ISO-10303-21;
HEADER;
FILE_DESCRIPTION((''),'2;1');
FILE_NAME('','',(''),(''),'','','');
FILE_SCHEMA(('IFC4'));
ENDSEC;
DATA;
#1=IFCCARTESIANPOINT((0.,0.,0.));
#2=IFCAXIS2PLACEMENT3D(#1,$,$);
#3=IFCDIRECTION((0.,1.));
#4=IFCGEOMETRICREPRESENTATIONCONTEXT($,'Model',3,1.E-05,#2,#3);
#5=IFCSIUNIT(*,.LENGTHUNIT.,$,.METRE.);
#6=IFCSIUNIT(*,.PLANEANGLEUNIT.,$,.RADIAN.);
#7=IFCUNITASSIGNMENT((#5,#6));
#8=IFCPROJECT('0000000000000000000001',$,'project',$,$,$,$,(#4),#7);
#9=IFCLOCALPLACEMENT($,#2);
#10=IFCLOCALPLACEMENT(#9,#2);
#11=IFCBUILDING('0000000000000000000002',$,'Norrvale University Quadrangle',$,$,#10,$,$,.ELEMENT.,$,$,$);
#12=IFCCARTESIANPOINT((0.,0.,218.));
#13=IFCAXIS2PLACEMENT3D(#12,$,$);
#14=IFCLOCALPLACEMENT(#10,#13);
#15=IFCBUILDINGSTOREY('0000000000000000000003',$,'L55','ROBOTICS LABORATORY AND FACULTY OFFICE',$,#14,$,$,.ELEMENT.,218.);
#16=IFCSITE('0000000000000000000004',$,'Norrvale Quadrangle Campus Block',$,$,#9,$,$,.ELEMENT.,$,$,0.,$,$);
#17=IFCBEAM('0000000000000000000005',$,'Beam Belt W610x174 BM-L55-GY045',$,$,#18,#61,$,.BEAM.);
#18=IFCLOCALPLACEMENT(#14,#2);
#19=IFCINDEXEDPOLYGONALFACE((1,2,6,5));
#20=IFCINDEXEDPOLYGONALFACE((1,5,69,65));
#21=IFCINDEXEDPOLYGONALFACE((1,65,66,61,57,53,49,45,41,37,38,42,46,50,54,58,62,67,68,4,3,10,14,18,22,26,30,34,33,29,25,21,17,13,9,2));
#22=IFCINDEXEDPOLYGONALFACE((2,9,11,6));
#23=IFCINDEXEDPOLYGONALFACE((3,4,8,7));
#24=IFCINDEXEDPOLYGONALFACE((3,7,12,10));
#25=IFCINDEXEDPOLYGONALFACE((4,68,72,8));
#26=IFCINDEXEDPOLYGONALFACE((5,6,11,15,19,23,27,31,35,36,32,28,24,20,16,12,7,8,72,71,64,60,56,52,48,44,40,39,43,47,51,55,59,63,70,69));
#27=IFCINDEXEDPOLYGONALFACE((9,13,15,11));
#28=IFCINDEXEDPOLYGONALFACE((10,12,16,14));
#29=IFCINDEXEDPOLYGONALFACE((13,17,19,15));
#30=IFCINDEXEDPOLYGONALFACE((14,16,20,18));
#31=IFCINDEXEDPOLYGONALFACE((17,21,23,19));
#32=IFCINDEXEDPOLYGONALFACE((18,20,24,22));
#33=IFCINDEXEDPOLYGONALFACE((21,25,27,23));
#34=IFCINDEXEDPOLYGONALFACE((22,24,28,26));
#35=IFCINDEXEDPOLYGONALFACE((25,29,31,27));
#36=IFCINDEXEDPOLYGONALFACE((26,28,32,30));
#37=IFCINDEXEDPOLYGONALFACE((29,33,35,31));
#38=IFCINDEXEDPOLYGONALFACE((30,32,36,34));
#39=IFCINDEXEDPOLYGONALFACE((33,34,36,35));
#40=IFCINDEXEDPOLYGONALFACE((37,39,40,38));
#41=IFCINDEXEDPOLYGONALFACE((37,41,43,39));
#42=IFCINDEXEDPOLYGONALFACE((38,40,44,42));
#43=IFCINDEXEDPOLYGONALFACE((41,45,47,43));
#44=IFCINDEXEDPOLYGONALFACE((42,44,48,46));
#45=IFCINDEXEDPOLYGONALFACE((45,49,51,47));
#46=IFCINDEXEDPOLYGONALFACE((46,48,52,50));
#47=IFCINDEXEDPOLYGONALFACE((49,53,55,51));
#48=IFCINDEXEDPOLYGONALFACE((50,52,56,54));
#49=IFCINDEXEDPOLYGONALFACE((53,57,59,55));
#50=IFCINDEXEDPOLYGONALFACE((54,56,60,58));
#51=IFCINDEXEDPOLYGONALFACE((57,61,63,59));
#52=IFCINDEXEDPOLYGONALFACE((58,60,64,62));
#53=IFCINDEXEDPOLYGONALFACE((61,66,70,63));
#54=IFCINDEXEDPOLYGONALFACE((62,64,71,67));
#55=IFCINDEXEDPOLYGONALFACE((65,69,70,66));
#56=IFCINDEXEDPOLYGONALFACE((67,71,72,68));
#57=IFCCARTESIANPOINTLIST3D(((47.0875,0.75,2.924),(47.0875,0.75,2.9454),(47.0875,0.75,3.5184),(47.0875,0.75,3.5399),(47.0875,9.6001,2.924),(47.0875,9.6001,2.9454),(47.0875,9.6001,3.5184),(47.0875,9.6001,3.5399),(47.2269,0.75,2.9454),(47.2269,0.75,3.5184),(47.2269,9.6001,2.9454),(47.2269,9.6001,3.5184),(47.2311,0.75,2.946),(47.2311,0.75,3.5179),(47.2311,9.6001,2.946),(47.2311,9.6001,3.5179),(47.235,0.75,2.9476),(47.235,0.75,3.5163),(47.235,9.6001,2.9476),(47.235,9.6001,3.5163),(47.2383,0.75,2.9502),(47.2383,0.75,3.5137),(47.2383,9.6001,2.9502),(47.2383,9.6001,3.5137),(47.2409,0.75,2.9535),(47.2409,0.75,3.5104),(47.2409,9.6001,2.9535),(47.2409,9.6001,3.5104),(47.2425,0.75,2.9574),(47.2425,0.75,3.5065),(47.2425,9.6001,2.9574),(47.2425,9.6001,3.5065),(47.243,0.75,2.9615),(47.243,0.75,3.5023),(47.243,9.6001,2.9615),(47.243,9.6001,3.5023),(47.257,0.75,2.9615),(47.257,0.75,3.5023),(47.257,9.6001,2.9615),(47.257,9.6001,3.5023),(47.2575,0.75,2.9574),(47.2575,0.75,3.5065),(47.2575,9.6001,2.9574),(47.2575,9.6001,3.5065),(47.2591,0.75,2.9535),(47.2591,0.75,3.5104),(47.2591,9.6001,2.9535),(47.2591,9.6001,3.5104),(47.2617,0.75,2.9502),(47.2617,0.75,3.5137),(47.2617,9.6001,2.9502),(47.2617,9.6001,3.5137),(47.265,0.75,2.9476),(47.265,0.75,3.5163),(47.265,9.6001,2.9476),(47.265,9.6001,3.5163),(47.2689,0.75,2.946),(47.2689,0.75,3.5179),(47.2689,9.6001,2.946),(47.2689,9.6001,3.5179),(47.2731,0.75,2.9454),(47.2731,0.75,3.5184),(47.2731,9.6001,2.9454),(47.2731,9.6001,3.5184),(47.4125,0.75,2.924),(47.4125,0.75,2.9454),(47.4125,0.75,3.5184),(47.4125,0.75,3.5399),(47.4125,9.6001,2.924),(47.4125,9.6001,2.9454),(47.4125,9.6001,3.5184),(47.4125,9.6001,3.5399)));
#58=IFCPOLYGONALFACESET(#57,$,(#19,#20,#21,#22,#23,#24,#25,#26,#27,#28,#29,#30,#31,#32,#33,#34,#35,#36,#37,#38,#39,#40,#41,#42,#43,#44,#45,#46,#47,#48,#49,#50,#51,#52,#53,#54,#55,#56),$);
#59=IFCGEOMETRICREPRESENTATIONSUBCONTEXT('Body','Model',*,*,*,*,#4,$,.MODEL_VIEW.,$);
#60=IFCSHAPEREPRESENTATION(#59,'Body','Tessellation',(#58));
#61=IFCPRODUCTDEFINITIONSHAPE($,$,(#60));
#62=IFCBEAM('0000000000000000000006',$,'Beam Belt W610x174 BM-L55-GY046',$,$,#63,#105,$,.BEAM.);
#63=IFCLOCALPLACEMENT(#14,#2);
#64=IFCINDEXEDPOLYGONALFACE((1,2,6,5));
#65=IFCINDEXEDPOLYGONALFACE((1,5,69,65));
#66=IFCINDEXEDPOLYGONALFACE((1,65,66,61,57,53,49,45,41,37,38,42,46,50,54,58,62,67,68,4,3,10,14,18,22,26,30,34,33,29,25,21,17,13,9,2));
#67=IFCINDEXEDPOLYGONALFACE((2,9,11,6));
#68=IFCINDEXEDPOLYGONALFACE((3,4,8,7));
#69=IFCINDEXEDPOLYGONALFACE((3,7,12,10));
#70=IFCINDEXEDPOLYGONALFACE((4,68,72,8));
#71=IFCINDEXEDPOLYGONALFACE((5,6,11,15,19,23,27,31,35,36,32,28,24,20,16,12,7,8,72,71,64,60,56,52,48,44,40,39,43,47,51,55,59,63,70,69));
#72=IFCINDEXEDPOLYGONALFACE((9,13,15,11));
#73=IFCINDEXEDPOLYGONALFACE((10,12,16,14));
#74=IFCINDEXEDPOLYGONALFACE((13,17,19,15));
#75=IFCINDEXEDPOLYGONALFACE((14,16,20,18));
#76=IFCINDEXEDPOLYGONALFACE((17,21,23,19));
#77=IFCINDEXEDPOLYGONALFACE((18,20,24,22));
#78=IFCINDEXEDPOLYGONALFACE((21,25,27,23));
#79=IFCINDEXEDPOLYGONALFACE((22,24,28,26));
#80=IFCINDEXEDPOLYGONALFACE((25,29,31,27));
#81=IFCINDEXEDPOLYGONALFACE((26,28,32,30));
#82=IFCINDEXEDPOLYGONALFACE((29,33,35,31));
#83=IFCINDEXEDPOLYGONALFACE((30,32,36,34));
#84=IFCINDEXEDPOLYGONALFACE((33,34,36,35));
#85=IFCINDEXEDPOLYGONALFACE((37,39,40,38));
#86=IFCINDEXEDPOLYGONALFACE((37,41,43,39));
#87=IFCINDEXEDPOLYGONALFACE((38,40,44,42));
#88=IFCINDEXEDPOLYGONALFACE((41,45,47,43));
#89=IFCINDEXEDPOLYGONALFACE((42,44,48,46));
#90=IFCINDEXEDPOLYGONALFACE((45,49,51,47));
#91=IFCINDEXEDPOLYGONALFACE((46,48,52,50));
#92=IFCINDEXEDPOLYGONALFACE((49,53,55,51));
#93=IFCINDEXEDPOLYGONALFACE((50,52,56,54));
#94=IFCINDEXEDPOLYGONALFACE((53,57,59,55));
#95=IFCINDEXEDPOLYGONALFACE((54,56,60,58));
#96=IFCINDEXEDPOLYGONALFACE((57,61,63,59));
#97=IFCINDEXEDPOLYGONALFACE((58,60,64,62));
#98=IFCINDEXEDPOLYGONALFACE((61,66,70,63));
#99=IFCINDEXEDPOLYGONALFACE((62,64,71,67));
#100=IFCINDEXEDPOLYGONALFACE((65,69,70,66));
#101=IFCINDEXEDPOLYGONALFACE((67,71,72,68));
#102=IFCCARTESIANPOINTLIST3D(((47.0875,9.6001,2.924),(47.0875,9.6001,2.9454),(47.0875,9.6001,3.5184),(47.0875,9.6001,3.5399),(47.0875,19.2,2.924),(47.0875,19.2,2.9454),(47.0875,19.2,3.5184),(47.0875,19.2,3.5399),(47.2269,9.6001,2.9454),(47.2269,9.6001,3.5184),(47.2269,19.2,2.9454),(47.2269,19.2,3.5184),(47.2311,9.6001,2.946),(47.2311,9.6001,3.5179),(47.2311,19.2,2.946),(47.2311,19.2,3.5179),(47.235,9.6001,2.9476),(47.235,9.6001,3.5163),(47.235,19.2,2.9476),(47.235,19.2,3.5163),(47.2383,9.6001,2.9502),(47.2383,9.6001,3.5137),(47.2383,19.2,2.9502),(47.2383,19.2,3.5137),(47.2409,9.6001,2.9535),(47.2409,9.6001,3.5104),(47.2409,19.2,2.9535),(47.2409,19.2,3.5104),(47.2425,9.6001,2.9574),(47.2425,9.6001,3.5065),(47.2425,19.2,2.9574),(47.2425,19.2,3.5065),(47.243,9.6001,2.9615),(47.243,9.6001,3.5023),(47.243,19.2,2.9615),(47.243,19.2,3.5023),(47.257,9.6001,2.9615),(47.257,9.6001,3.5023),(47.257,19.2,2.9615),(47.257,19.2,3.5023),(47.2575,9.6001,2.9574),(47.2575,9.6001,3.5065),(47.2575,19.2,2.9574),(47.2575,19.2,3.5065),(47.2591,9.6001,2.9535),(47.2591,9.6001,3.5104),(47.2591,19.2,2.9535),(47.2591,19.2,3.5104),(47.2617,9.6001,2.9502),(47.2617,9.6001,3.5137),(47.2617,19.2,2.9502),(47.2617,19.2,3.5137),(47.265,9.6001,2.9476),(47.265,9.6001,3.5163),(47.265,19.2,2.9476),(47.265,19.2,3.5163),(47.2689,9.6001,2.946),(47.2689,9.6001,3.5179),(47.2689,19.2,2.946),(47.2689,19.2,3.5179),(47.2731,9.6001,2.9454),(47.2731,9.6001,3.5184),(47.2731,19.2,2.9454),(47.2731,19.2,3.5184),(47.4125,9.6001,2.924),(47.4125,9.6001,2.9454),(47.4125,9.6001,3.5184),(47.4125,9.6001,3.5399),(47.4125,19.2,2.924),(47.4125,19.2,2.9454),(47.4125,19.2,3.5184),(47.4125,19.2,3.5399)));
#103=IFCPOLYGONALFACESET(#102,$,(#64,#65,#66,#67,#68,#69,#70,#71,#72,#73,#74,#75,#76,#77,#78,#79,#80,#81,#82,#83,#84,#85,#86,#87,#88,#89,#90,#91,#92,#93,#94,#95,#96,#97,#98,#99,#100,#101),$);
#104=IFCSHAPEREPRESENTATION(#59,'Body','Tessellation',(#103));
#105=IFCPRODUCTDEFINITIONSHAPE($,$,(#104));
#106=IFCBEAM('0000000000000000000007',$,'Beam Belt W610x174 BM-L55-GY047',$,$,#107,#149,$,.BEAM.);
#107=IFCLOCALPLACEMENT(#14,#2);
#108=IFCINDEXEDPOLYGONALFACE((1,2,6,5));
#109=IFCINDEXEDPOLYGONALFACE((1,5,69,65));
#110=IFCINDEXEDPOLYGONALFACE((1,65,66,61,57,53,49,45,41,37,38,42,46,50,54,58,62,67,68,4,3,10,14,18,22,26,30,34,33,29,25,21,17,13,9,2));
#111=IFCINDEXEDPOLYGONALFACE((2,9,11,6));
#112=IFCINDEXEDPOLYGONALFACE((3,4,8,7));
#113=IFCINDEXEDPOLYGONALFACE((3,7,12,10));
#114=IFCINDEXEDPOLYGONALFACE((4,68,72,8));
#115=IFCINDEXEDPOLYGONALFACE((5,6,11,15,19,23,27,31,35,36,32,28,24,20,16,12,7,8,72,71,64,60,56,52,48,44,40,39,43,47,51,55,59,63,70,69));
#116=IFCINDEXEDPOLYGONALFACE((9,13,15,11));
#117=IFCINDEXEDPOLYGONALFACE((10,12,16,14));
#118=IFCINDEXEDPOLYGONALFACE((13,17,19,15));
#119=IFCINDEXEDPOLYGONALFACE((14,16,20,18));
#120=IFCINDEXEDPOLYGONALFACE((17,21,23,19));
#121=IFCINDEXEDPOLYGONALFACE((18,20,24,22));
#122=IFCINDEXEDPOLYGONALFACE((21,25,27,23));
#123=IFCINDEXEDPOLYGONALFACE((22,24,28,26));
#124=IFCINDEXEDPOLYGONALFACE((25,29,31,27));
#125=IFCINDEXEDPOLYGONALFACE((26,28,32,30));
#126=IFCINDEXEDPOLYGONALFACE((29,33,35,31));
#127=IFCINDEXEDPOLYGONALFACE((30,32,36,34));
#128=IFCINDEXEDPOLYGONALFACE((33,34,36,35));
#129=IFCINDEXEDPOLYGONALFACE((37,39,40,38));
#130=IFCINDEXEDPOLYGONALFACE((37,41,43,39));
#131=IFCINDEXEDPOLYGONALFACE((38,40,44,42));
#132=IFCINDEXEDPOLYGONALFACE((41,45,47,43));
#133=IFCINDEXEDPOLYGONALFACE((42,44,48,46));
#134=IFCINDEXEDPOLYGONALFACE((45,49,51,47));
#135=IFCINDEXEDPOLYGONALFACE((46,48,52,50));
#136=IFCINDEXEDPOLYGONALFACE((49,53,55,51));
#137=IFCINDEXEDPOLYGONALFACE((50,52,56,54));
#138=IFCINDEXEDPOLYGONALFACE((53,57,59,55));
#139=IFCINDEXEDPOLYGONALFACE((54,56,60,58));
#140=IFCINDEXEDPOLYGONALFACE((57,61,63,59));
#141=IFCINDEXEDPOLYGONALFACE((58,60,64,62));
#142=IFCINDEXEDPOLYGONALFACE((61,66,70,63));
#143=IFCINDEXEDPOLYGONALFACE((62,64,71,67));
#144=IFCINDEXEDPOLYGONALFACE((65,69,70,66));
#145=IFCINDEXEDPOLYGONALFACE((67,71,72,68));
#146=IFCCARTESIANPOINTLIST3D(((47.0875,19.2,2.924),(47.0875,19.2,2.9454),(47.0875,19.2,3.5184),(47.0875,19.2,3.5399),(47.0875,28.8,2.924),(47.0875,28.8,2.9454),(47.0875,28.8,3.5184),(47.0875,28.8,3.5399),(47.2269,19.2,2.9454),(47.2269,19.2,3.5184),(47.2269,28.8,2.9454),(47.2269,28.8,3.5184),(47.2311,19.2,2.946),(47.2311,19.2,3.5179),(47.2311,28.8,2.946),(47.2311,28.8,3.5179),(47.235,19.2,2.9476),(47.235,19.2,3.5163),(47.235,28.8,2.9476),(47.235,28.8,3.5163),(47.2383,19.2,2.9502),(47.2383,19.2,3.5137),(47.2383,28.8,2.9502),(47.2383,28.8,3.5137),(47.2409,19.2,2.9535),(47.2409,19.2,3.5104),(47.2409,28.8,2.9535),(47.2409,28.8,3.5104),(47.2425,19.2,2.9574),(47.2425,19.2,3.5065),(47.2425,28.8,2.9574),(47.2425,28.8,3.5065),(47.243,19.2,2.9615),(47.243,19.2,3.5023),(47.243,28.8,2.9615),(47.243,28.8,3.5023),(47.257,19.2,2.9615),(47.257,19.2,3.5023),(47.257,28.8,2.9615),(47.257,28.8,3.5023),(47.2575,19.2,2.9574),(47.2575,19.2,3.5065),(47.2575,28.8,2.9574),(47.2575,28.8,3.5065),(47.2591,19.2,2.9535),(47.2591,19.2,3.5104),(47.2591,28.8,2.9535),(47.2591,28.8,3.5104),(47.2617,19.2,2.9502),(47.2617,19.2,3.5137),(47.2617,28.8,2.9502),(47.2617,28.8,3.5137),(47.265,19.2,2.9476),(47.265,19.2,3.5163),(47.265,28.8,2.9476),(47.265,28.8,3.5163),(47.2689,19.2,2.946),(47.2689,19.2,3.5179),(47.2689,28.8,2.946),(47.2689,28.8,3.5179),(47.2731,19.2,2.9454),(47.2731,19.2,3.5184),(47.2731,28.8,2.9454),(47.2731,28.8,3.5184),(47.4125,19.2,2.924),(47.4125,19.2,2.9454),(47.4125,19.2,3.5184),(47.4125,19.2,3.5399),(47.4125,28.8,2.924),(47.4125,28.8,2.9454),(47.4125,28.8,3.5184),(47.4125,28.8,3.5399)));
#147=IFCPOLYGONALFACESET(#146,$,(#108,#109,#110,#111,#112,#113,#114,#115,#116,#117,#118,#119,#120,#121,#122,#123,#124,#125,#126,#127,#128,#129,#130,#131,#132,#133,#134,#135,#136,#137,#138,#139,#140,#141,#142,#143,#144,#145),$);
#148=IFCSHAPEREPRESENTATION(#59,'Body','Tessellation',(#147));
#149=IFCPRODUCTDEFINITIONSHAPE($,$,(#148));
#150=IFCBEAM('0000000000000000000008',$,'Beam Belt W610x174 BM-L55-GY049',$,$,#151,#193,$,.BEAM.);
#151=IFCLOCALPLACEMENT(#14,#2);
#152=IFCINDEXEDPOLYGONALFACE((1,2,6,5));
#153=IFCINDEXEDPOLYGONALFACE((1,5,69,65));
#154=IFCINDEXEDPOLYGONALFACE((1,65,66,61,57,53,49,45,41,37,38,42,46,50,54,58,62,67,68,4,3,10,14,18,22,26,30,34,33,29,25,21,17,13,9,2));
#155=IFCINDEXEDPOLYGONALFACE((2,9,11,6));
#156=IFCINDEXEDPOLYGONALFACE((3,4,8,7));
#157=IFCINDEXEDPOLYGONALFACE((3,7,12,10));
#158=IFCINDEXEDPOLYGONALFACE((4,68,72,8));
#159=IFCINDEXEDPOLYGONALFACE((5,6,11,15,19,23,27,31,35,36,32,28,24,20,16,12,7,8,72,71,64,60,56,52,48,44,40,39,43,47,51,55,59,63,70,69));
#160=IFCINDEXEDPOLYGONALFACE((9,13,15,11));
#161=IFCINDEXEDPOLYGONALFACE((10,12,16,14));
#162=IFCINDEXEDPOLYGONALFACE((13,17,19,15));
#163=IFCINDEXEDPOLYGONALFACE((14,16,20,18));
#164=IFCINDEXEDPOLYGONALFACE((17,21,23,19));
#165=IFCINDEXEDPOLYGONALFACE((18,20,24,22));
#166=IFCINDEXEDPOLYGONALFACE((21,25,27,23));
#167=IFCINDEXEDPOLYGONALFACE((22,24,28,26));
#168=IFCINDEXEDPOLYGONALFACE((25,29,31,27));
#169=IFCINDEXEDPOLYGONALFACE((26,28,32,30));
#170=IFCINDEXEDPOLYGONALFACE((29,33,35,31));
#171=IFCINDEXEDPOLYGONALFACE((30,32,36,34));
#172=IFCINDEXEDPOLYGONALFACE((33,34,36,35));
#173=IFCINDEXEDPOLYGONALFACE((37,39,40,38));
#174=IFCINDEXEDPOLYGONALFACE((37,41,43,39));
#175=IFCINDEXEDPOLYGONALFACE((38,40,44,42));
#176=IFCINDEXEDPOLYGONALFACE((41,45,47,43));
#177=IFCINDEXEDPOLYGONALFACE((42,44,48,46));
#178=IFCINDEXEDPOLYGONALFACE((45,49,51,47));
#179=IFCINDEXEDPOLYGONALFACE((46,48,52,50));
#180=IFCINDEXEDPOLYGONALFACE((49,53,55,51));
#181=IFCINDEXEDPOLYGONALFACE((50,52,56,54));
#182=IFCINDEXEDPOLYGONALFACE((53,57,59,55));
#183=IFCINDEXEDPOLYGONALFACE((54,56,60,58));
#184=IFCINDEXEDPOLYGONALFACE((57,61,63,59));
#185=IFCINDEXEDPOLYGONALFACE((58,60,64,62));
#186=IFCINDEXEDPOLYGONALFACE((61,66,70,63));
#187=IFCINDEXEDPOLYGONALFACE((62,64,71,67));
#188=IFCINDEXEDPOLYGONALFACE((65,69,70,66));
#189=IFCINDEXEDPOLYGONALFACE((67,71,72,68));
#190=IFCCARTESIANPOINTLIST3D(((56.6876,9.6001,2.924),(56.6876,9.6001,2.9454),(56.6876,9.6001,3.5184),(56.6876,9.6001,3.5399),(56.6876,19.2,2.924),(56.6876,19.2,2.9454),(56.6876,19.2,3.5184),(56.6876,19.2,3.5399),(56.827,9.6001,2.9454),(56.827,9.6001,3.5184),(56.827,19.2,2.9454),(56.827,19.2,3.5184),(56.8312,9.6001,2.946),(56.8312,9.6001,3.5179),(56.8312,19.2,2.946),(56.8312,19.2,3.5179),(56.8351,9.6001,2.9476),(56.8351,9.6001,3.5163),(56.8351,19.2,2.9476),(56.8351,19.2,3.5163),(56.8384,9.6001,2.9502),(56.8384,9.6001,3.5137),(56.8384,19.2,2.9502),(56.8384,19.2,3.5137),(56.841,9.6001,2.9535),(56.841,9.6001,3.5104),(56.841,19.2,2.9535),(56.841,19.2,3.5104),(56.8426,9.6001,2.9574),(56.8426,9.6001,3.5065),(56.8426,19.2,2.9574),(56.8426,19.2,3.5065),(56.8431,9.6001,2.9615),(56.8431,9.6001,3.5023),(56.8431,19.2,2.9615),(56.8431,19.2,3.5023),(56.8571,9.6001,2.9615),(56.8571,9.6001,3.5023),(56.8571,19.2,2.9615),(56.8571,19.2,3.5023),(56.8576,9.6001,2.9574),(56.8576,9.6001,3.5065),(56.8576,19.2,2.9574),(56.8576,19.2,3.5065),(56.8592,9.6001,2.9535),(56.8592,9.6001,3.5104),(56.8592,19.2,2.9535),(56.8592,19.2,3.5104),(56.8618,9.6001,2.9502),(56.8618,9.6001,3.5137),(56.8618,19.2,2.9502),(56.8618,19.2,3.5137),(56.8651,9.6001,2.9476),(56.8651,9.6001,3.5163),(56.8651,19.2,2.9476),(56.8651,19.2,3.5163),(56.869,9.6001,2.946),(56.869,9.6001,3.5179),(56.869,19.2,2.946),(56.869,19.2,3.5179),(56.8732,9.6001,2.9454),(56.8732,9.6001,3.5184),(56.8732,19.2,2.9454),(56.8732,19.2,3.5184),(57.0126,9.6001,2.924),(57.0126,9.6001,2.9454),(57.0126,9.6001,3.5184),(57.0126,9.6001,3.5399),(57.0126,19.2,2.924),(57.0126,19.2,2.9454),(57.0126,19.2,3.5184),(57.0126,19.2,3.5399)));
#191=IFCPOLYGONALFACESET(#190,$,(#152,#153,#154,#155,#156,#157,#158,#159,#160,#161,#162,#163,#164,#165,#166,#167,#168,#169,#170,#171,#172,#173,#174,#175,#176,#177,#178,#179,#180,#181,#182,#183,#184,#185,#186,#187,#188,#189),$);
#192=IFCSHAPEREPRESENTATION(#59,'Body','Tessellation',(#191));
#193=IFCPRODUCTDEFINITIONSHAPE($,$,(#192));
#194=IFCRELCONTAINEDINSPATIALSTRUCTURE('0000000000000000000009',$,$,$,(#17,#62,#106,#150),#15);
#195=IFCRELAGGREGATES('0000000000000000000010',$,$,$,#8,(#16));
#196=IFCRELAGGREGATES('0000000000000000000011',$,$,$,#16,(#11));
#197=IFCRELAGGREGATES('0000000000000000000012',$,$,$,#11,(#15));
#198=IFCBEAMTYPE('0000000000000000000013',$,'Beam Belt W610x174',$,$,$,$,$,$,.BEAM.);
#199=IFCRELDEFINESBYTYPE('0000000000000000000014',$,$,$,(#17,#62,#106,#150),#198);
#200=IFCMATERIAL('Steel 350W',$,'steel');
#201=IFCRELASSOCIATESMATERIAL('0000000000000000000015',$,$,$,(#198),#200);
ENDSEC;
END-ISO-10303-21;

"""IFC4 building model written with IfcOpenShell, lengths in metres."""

from ifc_helpers import new_model, si_unit, direction, frame, origin, origin_2d, place, context, subcontext, project, spatial, i_section, extrude, material, material_profile, profile_set, type_object, element, save


model = new_model("IFC4")

# Units and contexts
model_context = context("Model", 3, precision=1e-05, world=origin(), true_north=direction((0.0, 1.0)))
body_context = subcontext(model_context, "Body", "Model", "MODEL_VIEW")
ifc_project = project(units=[si_unit("LENGTHUNIT", "METRE"), si_unit("PLANEANGLEUNIT", "RADIAN")], contexts=[model_context])

# Site, building, storey
site_placement = place(None, origin())
site = spatial("IfcSite", under=ifc_project, at=site_placement, Name="Norrvale Quadrangle Campus Block", CompositionType="ELEMENT", RefElevation=0.0)
building_placement = place(site_placement, origin())
building = spatial("IfcBuilding", under=site, at=building_placement, Name="Norrvale University Quadrangle", CompositionType="ELEMENT")
storey_placement = place(building_placement, frame((0.0, 0.0, 218.0)))
storey = spatial("IfcBuildingStorey", under=building, at=storey_placement, Name="L55", Description="ROBOTICS LABORATORY AND FACULTY OFFICE", CompositionType="ELEMENT", Elevation=218.0)

# Beams
ifc_material_1 = material(Name="Steel 350W", Category="steel")
ifc_material_profile_1 = material_profile(ifc_material_1, i_section(OverallWidth=0.325, OverallDepth=0.616, WebThickness=0.0139, FlangeThickness=0.0215, FilletRadius=0.0161, at=origin_2d()), Name="Steel 350W")
ifc_profile_set_1 = profile_set([ifc_material_profile_1], Name="Steel 350W")
beam_type_1 = type_object("IfcBeamType", Name="Beam Belt W610x174", PredefinedType="BEAM", material=ifc_profile_set_1)
beam_1_placement = place(storey_placement, frame((47.25, 0.75, 3.2319), z_axis=(0.0, 1.0, 0.0), x_axis=(-1.0, 0.0, 0.0)))
element("IfcBeam", 1, at=beam_1_placement, inside=storey, type_object=beam_type_1, Name="Beam Belt W610x174 BM-L55-GY045", PredefinedType="BEAM", context=body_context, shape_type="SweptSolid", body=[
    extrude(i_section(OverallWidth=0.325, OverallDepth=0.616, WebThickness=0.0139, FlangeThickness=0.0215, FilletRadius=0.0161, at=origin_2d()), origin(), (0.0, 0.0, 1.0), 8.8501),
])
beam_2_placement = place(storey_placement, frame((47.25, 9.6001, 3.2319), z_axis=(0.0, 1.0, 0.0), x_axis=(-1.0, 0.0, 0.0)))
element("IfcBeam", 2, at=beam_2_placement, inside=storey, type_object=beam_type_1, Name="Beam Belt W610x174 BM-L55-GY046", PredefinedType="BEAM", context=body_context, shape_type="SweptSolid", body=[
    extrude(i_section(OverallWidth=0.325, OverallDepth=0.616, WebThickness=0.0139, FlangeThickness=0.0215, FilletRadius=0.0161, at=origin_2d()), origin(), (0.0, 0.0, 1.0), 9.5999),
])
beam_3_placement = place(storey_placement, frame((47.25, 19.2, 3.2319), z_axis=(0.0, 1.0, 0.0), x_axis=(-1.0, 0.0, 0.0)))
element("IfcBeam", 3, at=beam_3_placement, inside=storey, type_object=beam_type_1, Name="Beam Belt W610x174 BM-L55-GY047", PredefinedType="BEAM", context=body_context, shape_type="SweptSolid", body=[
    extrude(i_section(OverallWidth=0.325, OverallDepth=0.616, WebThickness=0.0139, FlangeThickness=0.0215, FilletRadius=0.0161, at=origin_2d()), origin(), (0.0, 0.0, 1.0), 9.6001),
])
beam_4_placement = place(storey_placement, frame((56.8501, 9.6001, 3.2319), z_axis=(0.0, 1.0, 0.0), x_axis=(-1.0, 0.0, 0.0)))
element("IfcBeam", 4, at=beam_4_placement, inside=storey, type_object=beam_type_1, Name="Beam Belt W610x174 BM-L55-GY049", PredefinedType="BEAM", context=body_context, shape_type="SweptSolid", body=[
    extrude(i_section(OverallWidth=0.325, OverallDepth=0.616, WebThickness=0.0139, FlangeThickness=0.0215, FilletRadius=0.0161, at=origin_2d()), origin(), (0.0, 0.0, 1.0), 9.5999),
])

save(model, "model.ifc")
